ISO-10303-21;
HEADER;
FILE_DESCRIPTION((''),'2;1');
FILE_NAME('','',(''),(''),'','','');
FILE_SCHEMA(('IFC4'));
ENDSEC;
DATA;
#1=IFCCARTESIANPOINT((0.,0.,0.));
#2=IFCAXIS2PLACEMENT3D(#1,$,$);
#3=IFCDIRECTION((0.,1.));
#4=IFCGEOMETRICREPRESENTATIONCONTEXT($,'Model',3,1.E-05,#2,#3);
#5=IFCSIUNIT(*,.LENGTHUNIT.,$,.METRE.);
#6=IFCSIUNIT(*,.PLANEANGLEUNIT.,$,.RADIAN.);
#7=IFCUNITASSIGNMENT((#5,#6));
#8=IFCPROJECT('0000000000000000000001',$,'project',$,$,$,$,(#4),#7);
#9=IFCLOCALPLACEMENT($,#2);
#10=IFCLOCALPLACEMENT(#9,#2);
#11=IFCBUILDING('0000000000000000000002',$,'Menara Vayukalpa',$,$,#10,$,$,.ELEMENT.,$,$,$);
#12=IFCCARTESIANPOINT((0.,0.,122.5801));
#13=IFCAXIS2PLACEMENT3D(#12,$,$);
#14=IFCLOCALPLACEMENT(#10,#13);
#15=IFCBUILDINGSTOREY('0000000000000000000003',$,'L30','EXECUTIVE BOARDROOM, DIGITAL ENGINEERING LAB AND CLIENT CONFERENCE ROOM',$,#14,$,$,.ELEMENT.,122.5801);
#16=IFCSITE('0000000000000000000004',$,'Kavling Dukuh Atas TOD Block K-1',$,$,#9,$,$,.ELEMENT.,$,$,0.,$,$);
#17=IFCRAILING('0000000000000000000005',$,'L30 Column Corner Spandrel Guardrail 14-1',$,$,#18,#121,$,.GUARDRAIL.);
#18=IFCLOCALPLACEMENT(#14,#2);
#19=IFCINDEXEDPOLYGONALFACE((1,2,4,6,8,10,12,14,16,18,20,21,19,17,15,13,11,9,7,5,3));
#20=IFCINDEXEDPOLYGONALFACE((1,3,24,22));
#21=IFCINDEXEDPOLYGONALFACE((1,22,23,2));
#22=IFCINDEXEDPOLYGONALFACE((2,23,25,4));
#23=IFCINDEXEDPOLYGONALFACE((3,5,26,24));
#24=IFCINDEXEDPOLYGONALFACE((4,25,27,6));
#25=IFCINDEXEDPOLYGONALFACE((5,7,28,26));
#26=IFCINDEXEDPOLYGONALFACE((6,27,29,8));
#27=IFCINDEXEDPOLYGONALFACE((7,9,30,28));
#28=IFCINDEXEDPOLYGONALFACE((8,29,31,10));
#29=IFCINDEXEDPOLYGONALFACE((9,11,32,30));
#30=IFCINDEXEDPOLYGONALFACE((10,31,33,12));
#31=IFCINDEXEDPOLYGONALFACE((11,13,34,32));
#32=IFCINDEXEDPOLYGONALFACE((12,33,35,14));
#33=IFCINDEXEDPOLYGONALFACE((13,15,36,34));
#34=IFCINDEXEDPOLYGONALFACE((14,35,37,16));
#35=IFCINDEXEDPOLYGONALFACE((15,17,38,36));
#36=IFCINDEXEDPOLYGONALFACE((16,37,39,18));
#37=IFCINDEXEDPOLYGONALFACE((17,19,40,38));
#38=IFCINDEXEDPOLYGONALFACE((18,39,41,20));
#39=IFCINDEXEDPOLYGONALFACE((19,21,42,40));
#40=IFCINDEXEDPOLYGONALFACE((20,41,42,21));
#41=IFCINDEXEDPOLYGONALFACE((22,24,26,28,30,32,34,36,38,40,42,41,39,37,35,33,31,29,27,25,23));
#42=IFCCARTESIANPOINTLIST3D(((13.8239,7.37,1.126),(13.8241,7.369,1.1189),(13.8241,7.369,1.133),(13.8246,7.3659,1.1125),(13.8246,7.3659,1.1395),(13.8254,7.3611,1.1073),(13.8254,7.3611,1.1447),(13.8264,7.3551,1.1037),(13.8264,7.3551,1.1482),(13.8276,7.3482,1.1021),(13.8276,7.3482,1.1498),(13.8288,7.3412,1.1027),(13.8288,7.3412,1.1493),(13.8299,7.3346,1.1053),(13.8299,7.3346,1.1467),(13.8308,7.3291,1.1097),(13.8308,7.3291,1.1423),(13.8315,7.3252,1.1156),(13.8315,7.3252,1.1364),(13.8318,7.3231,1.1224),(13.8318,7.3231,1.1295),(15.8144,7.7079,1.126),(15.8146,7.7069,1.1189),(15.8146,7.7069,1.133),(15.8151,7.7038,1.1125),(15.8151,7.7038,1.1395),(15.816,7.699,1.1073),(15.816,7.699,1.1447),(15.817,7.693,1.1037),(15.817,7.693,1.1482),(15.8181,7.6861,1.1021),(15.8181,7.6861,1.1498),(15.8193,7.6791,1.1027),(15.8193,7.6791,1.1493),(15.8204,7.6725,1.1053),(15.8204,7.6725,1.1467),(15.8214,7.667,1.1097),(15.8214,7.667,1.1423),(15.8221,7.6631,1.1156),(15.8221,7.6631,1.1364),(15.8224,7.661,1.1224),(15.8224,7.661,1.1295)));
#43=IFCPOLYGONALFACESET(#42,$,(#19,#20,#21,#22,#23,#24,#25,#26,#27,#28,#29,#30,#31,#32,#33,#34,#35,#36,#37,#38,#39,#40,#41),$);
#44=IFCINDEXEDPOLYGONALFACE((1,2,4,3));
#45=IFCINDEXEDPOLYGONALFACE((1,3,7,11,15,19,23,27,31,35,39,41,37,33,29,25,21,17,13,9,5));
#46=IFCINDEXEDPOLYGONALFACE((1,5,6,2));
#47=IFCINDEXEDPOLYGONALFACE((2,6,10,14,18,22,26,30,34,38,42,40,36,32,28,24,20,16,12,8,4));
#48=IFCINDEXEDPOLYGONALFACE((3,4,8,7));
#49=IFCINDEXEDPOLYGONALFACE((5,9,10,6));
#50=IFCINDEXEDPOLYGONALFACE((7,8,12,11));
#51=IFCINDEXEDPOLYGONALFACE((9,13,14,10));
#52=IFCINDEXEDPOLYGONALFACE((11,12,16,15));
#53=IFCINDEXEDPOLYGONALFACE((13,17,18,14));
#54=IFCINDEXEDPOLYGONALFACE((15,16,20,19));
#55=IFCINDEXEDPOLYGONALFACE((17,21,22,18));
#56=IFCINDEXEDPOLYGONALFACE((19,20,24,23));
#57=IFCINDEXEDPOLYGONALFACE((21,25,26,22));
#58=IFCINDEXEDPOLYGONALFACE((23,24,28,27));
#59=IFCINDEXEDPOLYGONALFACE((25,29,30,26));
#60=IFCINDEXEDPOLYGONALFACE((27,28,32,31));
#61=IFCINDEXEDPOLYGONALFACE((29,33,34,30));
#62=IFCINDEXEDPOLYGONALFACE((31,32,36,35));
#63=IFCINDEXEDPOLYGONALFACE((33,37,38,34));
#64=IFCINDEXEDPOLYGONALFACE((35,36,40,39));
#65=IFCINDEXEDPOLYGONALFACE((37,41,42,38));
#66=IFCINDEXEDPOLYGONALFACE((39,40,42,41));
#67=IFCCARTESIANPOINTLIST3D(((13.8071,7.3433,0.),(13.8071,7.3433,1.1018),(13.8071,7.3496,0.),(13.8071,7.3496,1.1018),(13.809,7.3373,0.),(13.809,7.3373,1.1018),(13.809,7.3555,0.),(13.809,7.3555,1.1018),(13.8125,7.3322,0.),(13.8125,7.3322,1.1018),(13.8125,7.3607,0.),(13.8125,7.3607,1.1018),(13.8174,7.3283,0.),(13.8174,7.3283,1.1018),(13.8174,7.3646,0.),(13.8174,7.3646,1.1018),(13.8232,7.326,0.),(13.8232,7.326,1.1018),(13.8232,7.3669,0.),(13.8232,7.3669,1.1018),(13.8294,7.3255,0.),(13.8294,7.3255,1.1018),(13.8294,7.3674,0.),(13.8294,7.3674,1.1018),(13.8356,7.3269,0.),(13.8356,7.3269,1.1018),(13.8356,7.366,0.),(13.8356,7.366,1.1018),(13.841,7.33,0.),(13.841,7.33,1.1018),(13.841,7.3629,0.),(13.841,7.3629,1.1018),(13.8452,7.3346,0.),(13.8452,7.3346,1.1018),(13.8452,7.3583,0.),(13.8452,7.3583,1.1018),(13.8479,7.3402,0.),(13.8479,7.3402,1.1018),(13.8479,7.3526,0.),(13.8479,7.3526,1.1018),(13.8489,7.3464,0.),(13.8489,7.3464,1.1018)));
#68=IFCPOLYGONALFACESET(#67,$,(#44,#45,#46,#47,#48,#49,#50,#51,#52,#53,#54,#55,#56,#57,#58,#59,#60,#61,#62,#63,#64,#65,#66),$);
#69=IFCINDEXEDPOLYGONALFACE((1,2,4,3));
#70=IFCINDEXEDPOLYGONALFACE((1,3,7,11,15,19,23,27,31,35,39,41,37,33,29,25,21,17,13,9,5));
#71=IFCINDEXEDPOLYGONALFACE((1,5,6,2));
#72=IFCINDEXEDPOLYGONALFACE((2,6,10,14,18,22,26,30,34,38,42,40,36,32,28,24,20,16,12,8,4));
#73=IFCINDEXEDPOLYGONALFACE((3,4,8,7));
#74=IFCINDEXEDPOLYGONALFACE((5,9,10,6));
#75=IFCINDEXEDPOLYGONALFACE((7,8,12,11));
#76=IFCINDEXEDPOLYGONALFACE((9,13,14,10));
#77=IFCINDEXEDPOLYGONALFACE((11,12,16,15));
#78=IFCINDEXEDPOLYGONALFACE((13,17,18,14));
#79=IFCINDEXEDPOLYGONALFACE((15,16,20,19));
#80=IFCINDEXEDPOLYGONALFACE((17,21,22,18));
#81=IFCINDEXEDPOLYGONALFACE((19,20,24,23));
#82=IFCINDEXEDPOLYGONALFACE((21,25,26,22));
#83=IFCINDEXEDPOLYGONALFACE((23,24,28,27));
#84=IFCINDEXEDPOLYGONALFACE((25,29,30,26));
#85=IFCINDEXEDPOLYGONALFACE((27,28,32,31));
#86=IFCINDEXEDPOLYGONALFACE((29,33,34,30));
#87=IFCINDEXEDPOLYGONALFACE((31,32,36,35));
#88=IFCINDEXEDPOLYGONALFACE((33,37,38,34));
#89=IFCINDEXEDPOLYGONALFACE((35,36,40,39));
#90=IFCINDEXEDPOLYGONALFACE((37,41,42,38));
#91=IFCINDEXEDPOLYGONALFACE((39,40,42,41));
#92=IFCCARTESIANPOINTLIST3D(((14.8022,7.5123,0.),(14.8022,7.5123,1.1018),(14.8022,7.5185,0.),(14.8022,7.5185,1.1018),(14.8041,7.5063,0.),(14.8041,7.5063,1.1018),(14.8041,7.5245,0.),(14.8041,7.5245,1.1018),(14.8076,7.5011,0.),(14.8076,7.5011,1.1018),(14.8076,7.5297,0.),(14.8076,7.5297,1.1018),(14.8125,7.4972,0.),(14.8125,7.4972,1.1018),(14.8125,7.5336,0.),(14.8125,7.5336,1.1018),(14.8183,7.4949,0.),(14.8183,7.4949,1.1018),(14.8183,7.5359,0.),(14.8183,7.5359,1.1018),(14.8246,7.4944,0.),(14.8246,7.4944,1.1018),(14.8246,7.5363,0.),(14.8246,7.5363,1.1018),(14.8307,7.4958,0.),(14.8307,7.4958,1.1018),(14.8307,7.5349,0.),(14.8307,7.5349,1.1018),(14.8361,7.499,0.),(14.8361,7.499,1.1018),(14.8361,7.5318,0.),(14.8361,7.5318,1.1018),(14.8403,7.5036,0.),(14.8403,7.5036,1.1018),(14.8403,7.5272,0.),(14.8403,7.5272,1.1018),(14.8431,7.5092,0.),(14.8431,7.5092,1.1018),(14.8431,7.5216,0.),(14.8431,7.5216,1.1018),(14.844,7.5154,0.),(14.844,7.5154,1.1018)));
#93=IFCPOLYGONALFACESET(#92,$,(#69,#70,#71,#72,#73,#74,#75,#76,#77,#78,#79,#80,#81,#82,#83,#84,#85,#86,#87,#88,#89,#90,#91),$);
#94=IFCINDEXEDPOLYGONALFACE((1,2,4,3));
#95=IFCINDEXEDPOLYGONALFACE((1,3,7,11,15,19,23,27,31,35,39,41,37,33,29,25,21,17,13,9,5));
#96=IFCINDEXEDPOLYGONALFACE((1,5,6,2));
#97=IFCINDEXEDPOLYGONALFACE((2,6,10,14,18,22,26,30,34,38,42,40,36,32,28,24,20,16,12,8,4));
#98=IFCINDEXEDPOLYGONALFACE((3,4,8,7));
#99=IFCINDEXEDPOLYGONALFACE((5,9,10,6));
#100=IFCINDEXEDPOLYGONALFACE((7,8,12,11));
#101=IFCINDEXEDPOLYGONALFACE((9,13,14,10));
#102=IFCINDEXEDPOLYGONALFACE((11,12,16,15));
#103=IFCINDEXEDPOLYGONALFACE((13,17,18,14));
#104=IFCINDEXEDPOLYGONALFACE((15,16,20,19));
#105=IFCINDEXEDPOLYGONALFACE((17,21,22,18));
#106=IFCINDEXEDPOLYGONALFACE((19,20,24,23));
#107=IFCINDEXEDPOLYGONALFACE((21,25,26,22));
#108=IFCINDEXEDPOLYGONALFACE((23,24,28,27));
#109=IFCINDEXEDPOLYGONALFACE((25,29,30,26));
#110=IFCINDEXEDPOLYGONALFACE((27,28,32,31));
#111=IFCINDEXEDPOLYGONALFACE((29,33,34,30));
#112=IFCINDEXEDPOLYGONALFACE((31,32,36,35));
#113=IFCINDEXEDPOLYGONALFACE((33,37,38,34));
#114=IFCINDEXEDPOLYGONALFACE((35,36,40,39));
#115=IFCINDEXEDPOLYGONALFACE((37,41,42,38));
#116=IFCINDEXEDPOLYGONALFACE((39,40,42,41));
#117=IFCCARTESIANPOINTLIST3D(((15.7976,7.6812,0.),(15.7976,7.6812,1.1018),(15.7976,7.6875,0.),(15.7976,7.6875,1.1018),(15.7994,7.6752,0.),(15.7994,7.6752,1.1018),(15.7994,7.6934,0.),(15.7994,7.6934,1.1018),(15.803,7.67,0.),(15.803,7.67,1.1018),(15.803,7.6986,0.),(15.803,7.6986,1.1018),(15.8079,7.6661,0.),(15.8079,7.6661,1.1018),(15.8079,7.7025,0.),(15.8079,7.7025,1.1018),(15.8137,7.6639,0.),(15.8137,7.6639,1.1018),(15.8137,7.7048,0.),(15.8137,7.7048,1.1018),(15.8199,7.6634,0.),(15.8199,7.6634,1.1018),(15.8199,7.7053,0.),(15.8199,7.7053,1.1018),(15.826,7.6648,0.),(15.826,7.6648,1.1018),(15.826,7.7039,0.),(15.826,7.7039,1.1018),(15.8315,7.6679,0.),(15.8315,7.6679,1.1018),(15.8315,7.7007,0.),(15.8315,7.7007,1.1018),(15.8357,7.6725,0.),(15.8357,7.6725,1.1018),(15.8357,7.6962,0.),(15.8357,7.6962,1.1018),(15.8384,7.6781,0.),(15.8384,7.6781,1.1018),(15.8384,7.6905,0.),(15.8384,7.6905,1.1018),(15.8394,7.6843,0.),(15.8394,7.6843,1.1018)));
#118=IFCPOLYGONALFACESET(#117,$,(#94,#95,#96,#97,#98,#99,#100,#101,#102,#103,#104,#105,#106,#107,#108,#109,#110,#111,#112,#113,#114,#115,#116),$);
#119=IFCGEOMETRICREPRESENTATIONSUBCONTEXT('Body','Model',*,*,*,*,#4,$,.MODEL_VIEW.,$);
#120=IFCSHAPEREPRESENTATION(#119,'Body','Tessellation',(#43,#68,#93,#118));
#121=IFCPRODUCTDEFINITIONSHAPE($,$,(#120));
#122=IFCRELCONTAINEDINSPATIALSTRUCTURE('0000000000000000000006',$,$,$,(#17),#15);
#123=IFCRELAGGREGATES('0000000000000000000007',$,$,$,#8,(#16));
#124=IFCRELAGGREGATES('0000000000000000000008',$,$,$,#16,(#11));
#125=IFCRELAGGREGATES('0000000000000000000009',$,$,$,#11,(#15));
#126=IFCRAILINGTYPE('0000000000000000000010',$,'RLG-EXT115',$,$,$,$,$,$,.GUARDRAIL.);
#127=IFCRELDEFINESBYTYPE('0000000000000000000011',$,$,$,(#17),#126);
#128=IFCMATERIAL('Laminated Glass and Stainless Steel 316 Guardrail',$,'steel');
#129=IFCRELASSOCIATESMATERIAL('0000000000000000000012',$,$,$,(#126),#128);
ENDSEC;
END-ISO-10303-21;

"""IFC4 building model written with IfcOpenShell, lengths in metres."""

from ifc_helpers import new_model, si_unit, direction, frame, origin, origin_2d, place, context, subcontext, project, spatial, circle, extrude, material, type_object, element, save


model = new_model("IFC4")

# Units and contexts
model_context = context("Model", 3, precision=1e-05, world=origin(), true_north=direction((0.0, 1.0)))
body_context = subcontext(model_context, "Body", "Model", "MODEL_VIEW")
ifc_project = project(units=[si_unit("LENGTHUNIT", "METRE"), si_unit("PLANEANGLEUNIT", "RADIAN")], contexts=[model_context])

# Site, building, storey
site_placement = place(None, origin())
site = spatial("IfcSite", under=ifc_project, at=site_placement, Name="Kavling Dukuh Atas TOD Block K-1", CompositionType="ELEMENT", RefElevation=0.0)
building_placement = place(site_placement, origin())
building = spatial("IfcBuilding", under=site, at=building_placement, Name="Menara Vayukalpa", CompositionType="ELEMENT")
storey_placement = place(building_placement, frame((0.0, 0.0, 122.5801)))
storey = spatial("IfcBuildingStorey", under=building, at=storey_placement, Name="L30", Description="EXECUTIVE BOARDROOM, DIGITAL ENGINEERING LAB AND CLIENT CONFERENCE ROOM", CompositionType="ELEMENT", Elevation=122.5801)

# Railing
ifc_material_1 = material(Name="Laminated Glass and Stainless Steel 316 Guardrail", Category="steel")
railing_type = type_object("IfcRailingType", Name="RLG-EXT115", PredefinedType="GUARDRAIL", material=ifc_material_1)
railing_1_placement = place(storey_placement, frame((13.8279, 7.3464, 0.0)))
element("IfcRailing", 1, at=railing_1_placement, inside=storey, type_object=railing_type, Name="L30 Column Corner Spandrel Guardrail 14-1", PredefinedType="GUARDRAIL", context=body_context, shape_type="SweptSolid", body=[
    extrude(circle(Radius=0.0239, at=origin_2d()), frame((0.0, 0.0, 1.126), z_axis=(0.985896, 0.167359, 0.0), x_axis=(-0.167359, 0.985896, 0.0)), (0.0, 0.0, 1.0), 2.019),
    extrude(circle(Radius=0.021, at=origin_2d()), origin(), (0.0, 0.0, 1.0), 1.1018),
    extrude(circle(Radius=0.021, at=origin_2d()), frame((0.9951, 0.1689, 0.0)), (0.0, 0.0, 1.0), 1.1018),
    extrude(circle(Radius=0.021, at=origin_2d()), frame((1.9905, 0.3379, 0.0)), (0.0, 0.0, 1.0), 1.1018),
])

save(model, "model.ifc")
